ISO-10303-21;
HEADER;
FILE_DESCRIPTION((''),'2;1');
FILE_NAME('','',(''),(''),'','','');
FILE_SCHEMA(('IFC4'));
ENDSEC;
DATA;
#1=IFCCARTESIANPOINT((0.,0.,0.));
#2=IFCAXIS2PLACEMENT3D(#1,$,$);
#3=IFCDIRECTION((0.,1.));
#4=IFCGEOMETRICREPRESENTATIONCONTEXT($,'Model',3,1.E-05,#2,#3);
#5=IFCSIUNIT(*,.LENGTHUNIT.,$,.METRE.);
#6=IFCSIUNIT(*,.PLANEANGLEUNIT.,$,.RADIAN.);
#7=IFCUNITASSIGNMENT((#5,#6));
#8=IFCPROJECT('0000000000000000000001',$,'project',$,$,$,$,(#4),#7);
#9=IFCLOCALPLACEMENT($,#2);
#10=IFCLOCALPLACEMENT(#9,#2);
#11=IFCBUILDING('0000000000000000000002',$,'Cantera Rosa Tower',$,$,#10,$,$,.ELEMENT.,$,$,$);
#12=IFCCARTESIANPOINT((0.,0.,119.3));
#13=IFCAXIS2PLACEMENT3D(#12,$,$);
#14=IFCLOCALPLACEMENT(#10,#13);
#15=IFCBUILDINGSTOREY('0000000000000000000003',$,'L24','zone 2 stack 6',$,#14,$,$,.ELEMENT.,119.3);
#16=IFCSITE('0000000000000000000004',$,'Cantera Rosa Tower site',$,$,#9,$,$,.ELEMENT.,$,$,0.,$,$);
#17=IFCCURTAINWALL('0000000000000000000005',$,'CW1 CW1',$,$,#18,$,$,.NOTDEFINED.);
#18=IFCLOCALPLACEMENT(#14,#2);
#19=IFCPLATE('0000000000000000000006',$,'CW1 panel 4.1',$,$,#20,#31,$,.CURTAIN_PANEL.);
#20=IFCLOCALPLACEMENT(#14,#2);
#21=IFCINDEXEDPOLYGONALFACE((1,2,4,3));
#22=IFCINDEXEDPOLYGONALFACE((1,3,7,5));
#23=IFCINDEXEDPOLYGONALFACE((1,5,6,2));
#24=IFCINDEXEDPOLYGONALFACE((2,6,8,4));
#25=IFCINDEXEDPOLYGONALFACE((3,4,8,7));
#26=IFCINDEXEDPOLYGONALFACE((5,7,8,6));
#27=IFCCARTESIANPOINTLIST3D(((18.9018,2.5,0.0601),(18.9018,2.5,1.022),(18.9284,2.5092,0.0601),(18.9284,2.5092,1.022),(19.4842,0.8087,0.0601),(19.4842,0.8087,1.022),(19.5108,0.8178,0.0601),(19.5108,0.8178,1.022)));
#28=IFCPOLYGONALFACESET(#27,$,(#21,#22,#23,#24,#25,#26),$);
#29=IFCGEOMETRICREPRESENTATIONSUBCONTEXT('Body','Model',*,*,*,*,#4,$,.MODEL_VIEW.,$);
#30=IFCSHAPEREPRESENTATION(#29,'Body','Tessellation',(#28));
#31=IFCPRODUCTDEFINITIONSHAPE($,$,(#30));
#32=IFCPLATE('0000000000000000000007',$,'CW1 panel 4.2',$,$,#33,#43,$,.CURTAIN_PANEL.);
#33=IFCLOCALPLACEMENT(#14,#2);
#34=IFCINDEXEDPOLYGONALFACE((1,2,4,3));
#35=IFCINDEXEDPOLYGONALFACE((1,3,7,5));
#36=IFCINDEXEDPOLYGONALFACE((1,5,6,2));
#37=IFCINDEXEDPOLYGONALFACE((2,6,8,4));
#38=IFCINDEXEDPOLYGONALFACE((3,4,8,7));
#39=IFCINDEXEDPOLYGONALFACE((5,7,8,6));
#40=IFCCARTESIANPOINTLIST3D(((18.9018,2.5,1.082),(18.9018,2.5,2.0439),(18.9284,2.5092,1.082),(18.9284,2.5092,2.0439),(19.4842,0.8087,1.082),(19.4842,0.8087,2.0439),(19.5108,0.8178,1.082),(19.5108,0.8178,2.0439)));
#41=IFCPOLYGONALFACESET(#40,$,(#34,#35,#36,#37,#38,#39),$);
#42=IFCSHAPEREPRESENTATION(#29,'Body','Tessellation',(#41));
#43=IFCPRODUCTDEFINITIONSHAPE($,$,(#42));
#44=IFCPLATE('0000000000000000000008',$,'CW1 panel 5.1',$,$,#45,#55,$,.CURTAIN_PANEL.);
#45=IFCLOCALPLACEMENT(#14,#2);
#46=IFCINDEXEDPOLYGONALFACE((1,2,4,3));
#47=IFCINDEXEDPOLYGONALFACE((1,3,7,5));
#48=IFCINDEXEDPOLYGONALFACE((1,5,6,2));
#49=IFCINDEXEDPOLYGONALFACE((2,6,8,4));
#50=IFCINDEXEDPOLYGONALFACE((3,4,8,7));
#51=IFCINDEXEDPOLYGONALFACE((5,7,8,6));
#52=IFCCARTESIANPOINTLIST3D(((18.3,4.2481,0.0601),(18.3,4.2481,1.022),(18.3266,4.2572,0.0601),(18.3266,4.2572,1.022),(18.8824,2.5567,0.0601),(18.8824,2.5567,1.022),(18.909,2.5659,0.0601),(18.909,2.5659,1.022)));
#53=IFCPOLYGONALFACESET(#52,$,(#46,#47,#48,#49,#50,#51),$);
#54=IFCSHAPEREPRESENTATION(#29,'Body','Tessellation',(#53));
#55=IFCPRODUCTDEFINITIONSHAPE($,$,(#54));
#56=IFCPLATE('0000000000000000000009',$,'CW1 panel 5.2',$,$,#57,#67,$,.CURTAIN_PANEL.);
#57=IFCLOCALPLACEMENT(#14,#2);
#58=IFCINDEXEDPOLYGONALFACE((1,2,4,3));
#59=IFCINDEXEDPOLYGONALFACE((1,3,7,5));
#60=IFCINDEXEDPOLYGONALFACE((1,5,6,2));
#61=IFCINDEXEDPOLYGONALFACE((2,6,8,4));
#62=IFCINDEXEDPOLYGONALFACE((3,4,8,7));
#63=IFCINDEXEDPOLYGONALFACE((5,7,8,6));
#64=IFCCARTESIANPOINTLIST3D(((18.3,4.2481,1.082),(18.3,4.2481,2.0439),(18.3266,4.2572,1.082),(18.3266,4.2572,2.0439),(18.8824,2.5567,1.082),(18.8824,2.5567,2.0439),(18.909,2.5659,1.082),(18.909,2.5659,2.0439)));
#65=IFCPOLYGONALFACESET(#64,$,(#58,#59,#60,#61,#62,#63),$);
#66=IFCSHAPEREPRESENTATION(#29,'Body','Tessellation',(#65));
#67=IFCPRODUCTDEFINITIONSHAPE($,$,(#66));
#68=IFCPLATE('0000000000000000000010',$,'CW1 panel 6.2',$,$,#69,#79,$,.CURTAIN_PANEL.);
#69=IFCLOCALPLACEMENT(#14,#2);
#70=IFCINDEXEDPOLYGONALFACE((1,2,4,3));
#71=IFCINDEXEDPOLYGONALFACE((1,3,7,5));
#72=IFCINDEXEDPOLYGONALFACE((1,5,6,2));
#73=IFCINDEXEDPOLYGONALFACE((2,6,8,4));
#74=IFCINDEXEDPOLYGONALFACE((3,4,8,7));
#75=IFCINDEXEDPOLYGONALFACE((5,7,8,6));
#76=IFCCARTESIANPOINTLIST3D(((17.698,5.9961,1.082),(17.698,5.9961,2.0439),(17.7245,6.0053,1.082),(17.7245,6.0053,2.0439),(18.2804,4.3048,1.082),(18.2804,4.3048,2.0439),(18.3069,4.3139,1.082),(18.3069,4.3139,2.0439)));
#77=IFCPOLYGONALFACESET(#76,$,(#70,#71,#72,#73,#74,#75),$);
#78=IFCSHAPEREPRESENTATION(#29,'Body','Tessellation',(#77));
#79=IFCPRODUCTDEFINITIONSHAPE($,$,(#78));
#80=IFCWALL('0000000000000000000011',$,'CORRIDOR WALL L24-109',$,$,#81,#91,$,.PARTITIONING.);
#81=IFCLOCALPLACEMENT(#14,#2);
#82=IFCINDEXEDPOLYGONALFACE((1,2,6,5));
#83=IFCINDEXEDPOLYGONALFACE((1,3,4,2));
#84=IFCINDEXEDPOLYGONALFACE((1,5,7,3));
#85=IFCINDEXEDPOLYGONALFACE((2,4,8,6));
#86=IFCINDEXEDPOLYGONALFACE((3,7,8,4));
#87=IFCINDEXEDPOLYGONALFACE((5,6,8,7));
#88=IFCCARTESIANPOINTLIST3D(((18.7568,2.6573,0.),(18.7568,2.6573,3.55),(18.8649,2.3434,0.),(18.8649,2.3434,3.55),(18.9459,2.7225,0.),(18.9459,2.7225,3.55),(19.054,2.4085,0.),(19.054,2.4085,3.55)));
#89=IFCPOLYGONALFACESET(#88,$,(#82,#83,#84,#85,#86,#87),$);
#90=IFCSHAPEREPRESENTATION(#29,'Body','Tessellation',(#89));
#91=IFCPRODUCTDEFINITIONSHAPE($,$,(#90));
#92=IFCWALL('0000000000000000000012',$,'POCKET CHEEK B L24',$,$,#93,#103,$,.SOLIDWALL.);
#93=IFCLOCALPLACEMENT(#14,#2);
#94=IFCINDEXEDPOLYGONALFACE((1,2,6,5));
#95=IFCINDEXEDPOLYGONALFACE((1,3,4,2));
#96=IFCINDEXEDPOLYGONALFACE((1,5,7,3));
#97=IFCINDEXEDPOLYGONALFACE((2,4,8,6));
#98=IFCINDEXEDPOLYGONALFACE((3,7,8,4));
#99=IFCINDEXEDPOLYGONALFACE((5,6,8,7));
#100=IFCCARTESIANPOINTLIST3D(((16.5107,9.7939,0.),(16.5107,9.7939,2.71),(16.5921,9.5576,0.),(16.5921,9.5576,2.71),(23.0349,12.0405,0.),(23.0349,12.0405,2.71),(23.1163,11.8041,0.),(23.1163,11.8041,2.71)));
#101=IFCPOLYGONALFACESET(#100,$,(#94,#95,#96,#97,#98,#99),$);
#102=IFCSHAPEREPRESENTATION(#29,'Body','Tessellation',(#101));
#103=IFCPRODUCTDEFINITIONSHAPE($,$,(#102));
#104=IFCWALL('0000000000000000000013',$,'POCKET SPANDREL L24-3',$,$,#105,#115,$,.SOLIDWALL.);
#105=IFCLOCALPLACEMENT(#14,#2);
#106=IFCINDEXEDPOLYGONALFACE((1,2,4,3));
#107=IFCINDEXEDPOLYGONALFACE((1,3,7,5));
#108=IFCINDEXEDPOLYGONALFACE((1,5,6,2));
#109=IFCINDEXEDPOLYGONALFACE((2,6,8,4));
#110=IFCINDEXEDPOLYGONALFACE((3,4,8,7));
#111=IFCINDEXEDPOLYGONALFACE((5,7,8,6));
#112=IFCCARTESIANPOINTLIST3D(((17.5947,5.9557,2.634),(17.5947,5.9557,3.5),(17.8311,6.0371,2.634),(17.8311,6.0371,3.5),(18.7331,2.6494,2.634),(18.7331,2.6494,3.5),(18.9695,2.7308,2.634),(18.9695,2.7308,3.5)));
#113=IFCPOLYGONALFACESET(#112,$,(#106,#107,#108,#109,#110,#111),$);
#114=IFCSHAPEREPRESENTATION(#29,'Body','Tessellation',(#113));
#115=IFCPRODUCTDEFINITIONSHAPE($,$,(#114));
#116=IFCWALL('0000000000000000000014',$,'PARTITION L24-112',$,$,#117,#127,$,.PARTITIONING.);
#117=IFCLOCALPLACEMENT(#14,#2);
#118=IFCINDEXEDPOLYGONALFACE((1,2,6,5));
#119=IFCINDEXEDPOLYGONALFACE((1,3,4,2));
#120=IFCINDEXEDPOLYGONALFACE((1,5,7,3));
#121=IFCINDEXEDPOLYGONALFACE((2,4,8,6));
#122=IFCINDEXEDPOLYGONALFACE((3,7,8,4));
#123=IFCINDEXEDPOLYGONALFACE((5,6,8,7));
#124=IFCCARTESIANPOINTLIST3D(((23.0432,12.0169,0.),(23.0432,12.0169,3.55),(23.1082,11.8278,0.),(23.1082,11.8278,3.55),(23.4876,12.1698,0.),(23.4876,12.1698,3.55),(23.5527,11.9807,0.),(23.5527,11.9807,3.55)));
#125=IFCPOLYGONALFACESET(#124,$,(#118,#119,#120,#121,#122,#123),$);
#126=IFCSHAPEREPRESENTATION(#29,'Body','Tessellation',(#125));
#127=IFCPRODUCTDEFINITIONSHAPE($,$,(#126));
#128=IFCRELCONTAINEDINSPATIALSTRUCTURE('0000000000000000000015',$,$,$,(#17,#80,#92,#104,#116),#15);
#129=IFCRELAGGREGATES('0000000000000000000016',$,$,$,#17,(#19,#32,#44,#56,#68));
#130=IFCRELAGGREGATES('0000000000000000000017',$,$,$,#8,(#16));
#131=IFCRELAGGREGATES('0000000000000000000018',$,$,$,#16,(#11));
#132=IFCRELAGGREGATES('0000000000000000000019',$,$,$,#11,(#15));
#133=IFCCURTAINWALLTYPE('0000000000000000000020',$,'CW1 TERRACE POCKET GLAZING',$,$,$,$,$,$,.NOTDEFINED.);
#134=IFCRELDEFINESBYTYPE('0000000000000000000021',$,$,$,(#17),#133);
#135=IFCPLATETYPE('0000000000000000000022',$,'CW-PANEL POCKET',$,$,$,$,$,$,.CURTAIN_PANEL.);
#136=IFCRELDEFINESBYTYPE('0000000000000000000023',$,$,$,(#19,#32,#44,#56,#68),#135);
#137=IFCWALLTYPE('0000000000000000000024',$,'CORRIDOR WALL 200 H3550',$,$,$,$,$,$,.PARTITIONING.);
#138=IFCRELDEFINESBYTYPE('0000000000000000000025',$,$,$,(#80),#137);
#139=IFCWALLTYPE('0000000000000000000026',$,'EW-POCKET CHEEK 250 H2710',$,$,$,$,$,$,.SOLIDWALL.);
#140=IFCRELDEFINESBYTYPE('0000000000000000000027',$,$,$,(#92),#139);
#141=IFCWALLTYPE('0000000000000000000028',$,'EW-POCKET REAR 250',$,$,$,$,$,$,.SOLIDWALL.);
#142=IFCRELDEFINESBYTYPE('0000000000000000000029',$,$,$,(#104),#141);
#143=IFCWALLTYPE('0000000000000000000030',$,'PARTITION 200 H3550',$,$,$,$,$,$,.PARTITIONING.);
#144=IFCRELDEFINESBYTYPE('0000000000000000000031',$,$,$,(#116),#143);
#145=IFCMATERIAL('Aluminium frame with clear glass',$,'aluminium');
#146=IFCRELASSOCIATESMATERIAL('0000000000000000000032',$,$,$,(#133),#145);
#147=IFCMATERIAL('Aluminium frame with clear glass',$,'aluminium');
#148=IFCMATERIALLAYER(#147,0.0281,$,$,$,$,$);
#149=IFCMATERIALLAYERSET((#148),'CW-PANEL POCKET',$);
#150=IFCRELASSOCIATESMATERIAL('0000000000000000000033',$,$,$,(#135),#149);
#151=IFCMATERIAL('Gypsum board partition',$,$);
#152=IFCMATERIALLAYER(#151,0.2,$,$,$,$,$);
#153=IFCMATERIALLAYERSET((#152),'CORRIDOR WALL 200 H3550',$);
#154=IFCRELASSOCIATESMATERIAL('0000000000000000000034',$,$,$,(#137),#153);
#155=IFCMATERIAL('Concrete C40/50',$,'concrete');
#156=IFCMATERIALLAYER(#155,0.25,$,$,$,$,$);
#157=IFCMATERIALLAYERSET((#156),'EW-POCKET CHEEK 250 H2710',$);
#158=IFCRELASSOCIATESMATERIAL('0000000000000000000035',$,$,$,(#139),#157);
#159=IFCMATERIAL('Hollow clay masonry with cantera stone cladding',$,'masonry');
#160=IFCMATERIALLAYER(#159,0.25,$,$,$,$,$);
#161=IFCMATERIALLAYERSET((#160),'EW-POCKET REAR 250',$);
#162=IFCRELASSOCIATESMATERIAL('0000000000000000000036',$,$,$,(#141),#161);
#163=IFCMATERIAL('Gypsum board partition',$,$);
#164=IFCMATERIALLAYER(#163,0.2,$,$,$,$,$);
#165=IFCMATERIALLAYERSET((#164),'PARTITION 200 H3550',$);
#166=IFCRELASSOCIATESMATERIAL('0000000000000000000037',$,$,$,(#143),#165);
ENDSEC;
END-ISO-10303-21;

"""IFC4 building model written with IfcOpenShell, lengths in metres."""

from ifc_helpers import new_model, si_unit, direction, frame, frame_2d, origin, origin_2d, place, context, subcontext, project, spatial, rectangle, extrude, material, layer, layer_set, type_object, element, aggregate, save


model = new_model("IFC4")

# Units and contexts
model_context = context("Model", 3, precision=1e-05, world=origin(), true_north=direction((0.0, 1.0)))
body_context = subcontext(model_context, "Body", "Model", "MODEL_VIEW")
ifc_project = project(units=[si_unit("LENGTHUNIT", "METRE"), si_unit("PLANEANGLEUNIT", "RADIAN")], contexts=[model_context])

# Site, building, storey
site_placement = place(None, origin())
site = spatial("IfcSite", under=ifc_project, at=site_placement, Name="Cantera Rosa Tower site", CompositionType="ELEMENT", RefElevation=0.0)
building_placement = place(site_placement, origin())
building = spatial("IfcBuilding", under=site, at=building_placement, Name="Cantera Rosa Tower", CompositionType="ELEMENT")
storey_placement = place(building_placement, frame((0.0, 0.0, 119.3)))
storey = spatial("IfcBuildingStorey", under=building, at=storey_placement, Name="L24", Description="zone 2 stack 6", CompositionType="ELEMENT", Elevation=119.3)

# Curtain wall
ifc_material_1 = material(Name="Aluminium frame with clear glass", Category="aluminium")
curtain_wall_type = type_object("IfcCurtainWallType", Name="CW1 TERRACE POCKET GLAZING", PredefinedType="NOTDEFINED", material=ifc_material_1)
curtain_wall_placement = place(storey_placement, origin())
curtain_wall = element("IfcCurtainWall", 1, at=curtain_wall_placement, inside=storey, type_object=curtain_wall_type, Name="CW1 CW1", PredefinedType="NOTDEFINED")

# Plates
ifc_material_2 = material(Name="Aluminium frame with clear glass", Category="aluminium")
ifc_layer_1 = layer(ifc_material_2, 0.0281)
ifc_layer_set_1 = layer_set([ifc_layer_1], Name="CW-PANEL POCKET")
plate_type = type_object("IfcPlateType", Name="CW-PANEL POCKET", PredefinedType="CURTAIN_PANEL", material=ifc_layer_set_1)
plate_1_placement = place(storey_placement, frame((19.2063, 1.6589, 0.0601), z_axis=(0.0, 0.0, 1.0), x_axis=(-0.325568, 0.945519, 0.0)))
plate_1 = element("IfcPlate", 2, at=plate_1_placement, type_object=plate_type, Name="CW1 panel 4.1", PredefinedType="CURTAIN_PANEL", context=body_context, shape_type="SweptSolid", body=[
    extrude(rectangle(XDim=1.7888, YDim=0.0281, at=origin_2d()), origin(), (0.0, 0.0, 1.0), 0.9619),
])
plate_2_placement = place(storey_placement, frame((19.2063, 1.6589, 1.082), z_axis=(0.0, 0.0, 1.0), x_axis=(-0.325568, 0.945519, 0.0)))
plate_2 = element("IfcPlate", 3, at=plate_2_placement, type_object=plate_type, Name="CW1 panel 4.2", PredefinedType="CURTAIN_PANEL", context=body_context, shape_type="SweptSolid", body=[
    extrude(rectangle(XDim=1.7888, YDim=0.0281, at=origin_2d()), origin(), (0.0, 0.0, 1.0), 0.9619),
])
plate_3_placement = place(storey_placement, frame((18.6045, 3.407, 0.0601), z_axis=(0.0, 0.0, 1.0), x_axis=(-0.325568, 0.945519, 0.0)))
plate_3 = element("IfcPlate", 4, at=plate_3_placement, type_object=plate_type, Name="CW1 panel 5.1", PredefinedType="CURTAIN_PANEL", context=body_context, shape_type="SweptSolid", body=[
    extrude(rectangle(XDim=1.7888, YDim=0.0281, at=origin_2d()), origin(), (0.0, 0.0, 1.0), 0.9619),
])
plate_4_placement = place(storey_placement, frame((18.6045, 3.407, 1.082), z_axis=(0.0, 0.0, 1.0), x_axis=(-0.325568, 0.945519, 0.0)))
plate_4 = element("IfcPlate", 5, at=plate_4_placement, type_object=plate_type, Name="CW1 panel 5.2", PredefinedType="CURTAIN_PANEL", context=body_context, shape_type="SweptSolid", body=[
    extrude(rectangle(XDim=1.7888, YDim=0.0281, at=origin_2d()), origin(), (0.0, 0.0, 1.0), 0.9619),
])
plate_5_placement = place(storey_placement, frame((18.0024, 5.155, 1.082), z_axis=(0.0, 0.0, 1.0), x_axis=(-0.325568, 0.945519, 0.0)))
plate_5 = element("IfcPlate", 6, at=plate_5_placement, type_object=plate_type, Name="CW1 panel 6.2", PredefinedType="CURTAIN_PANEL", context=body_context, shape_type="SweptSolid", body=[
    extrude(rectangle(XDim=1.7888, YDim=0.0281, at=origin_2d()), origin(), (0.0, 0.0, 1.0), 0.9619),
])
aggregate(curtain_wall, [plate_1, plate_2, plate_3, plate_4, plate_5])

# Wall
ifc_material_3 = material(Name="Gypsum board partition")
ifc_layer_2 = layer(ifc_material_3, 0.2)
ifc_layer_set_2 = layer_set([ifc_layer_2], Name="CORRIDOR WALL 200 H3550")
wall_type_1 = type_object("IfcWallType", Name="CORRIDOR WALL 200 H3550", PredefinedType="PARTITIONING", material=ifc_layer_set_2)
wall_1_placement = place(storey_placement, frame((18.9595, 2.376, 0.0), z_axis=(0.0, 0.0, 1.0), x_axis=(-0.325696, 0.945475, 0.0)))
element("IfcWall", 7, at=wall_1_placement, inside=storey, type_object=wall_type_1, Name="CORRIDOR WALL L24-109", PredefinedType="PARTITIONING", context=body_context, shape_type="SweptSolid", body=[
    extrude(rectangle(XDim=0.332, YDim=0.2, at=frame_2d((0.166, 0.0))), origin(), (0.0, 0.0, 1.0), 3.55),
])

# Walls
ifc_material_4 = material(Name="Concrete C40/50", Category="concrete")
ifc_layer_3 = layer(ifc_material_4, 0.25)
ifc_layer_set_3 = layer_set([ifc_layer_3], Name="EW-POCKET CHEEK 250 H2710")
wall_type_2 = type_object("IfcWallType", Name="EW-POCKET CHEEK 250 H2710", PredefinedType="SOLIDWALL", material=ifc_layer_set_3)
wall_2_placement = place(storey_placement, frame((23.0757, 11.9224, 0.0), z_axis=(0.0, 0.0, 1.0), x_axis=(-0.945513, -0.325585, 0.0)))
element("IfcWall", 8, at=wall_2_placement, inside=storey, type_object=wall_type_2, Name="POCKET CHEEK B L24", PredefinedType="SOLIDWALL", context=body_context, shape_type="SweptSolid", body=[
    extrude(rectangle(XDim=6.9001, YDim=0.25, at=frame_2d((3.4502, 0.0))), origin(), (0.0, 0.0, 1.0), 2.71),
])
ifc_material_5 = material(Name="Hollow clay masonry with cantera stone cladding", Category="masonry")
ifc_layer_4 = layer(ifc_material_5, 0.25)
ifc_layer_set_4 = layer_set([ifc_layer_4], Name="EW-POCKET REAR 250")
wall_type_3 = type_object("IfcWallType", Name="EW-POCKET REAR 250", PredefinedType="SOLIDWALL", material=ifc_layer_set_4)
wall_3_placement = place(storey_placement, frame((18.8513, 2.6899, 2.634), z_axis=(0.0, 0.0, 1.0), x_axis=(-0.325554, 0.945523, 0.0)))
element("IfcWall", 9, at=wall_3_placement, inside=storey, type_object=wall_type_3, Name="POCKET SPANDREL L24-3", PredefinedType="SOLIDWALL", context=body_context, shape_type="SweptSolid", body=[
    extrude(rectangle(XDim=3.4968, YDim=0.25, at=frame_2d((1.7485, 0.0))), origin(), (0.0, 0.0, 1.0), 0.866),
])
ifc_material_6 = material(Name="Gypsum board partition")
ifc_layer_5 = layer(ifc_material_6, 0.2)
ifc_layer_set_5 = layer_set([ifc_layer_5], Name="PARTITION 200 H3550")
wall_type_4 = type_object("IfcWallType", Name="PARTITION 200 H3550", PredefinedType="PARTITIONING", material=ifc_layer_set_5)
wall_4_placement = place(storey_placement, frame((23.52, 12.0752, 0.0), z_axis=(0.0, 0.0, 1.0), x_axis=(-0.945627, -0.325254, 0.0)))
element("IfcWall", 10, at=wall_4_placement, inside=storey, type_object=wall_type_4, Name="PARTITION L24-112", PredefinedType="PARTITIONING", context=body_context, shape_type="SweptSolid", body=[
    extrude(rectangle(XDim=0.47, YDim=0.2, at=frame_2d((0.2349, 0.0))), origin(), (0.0, 0.0, 1.0), 3.55),
])

save(model, "model.ifc")
